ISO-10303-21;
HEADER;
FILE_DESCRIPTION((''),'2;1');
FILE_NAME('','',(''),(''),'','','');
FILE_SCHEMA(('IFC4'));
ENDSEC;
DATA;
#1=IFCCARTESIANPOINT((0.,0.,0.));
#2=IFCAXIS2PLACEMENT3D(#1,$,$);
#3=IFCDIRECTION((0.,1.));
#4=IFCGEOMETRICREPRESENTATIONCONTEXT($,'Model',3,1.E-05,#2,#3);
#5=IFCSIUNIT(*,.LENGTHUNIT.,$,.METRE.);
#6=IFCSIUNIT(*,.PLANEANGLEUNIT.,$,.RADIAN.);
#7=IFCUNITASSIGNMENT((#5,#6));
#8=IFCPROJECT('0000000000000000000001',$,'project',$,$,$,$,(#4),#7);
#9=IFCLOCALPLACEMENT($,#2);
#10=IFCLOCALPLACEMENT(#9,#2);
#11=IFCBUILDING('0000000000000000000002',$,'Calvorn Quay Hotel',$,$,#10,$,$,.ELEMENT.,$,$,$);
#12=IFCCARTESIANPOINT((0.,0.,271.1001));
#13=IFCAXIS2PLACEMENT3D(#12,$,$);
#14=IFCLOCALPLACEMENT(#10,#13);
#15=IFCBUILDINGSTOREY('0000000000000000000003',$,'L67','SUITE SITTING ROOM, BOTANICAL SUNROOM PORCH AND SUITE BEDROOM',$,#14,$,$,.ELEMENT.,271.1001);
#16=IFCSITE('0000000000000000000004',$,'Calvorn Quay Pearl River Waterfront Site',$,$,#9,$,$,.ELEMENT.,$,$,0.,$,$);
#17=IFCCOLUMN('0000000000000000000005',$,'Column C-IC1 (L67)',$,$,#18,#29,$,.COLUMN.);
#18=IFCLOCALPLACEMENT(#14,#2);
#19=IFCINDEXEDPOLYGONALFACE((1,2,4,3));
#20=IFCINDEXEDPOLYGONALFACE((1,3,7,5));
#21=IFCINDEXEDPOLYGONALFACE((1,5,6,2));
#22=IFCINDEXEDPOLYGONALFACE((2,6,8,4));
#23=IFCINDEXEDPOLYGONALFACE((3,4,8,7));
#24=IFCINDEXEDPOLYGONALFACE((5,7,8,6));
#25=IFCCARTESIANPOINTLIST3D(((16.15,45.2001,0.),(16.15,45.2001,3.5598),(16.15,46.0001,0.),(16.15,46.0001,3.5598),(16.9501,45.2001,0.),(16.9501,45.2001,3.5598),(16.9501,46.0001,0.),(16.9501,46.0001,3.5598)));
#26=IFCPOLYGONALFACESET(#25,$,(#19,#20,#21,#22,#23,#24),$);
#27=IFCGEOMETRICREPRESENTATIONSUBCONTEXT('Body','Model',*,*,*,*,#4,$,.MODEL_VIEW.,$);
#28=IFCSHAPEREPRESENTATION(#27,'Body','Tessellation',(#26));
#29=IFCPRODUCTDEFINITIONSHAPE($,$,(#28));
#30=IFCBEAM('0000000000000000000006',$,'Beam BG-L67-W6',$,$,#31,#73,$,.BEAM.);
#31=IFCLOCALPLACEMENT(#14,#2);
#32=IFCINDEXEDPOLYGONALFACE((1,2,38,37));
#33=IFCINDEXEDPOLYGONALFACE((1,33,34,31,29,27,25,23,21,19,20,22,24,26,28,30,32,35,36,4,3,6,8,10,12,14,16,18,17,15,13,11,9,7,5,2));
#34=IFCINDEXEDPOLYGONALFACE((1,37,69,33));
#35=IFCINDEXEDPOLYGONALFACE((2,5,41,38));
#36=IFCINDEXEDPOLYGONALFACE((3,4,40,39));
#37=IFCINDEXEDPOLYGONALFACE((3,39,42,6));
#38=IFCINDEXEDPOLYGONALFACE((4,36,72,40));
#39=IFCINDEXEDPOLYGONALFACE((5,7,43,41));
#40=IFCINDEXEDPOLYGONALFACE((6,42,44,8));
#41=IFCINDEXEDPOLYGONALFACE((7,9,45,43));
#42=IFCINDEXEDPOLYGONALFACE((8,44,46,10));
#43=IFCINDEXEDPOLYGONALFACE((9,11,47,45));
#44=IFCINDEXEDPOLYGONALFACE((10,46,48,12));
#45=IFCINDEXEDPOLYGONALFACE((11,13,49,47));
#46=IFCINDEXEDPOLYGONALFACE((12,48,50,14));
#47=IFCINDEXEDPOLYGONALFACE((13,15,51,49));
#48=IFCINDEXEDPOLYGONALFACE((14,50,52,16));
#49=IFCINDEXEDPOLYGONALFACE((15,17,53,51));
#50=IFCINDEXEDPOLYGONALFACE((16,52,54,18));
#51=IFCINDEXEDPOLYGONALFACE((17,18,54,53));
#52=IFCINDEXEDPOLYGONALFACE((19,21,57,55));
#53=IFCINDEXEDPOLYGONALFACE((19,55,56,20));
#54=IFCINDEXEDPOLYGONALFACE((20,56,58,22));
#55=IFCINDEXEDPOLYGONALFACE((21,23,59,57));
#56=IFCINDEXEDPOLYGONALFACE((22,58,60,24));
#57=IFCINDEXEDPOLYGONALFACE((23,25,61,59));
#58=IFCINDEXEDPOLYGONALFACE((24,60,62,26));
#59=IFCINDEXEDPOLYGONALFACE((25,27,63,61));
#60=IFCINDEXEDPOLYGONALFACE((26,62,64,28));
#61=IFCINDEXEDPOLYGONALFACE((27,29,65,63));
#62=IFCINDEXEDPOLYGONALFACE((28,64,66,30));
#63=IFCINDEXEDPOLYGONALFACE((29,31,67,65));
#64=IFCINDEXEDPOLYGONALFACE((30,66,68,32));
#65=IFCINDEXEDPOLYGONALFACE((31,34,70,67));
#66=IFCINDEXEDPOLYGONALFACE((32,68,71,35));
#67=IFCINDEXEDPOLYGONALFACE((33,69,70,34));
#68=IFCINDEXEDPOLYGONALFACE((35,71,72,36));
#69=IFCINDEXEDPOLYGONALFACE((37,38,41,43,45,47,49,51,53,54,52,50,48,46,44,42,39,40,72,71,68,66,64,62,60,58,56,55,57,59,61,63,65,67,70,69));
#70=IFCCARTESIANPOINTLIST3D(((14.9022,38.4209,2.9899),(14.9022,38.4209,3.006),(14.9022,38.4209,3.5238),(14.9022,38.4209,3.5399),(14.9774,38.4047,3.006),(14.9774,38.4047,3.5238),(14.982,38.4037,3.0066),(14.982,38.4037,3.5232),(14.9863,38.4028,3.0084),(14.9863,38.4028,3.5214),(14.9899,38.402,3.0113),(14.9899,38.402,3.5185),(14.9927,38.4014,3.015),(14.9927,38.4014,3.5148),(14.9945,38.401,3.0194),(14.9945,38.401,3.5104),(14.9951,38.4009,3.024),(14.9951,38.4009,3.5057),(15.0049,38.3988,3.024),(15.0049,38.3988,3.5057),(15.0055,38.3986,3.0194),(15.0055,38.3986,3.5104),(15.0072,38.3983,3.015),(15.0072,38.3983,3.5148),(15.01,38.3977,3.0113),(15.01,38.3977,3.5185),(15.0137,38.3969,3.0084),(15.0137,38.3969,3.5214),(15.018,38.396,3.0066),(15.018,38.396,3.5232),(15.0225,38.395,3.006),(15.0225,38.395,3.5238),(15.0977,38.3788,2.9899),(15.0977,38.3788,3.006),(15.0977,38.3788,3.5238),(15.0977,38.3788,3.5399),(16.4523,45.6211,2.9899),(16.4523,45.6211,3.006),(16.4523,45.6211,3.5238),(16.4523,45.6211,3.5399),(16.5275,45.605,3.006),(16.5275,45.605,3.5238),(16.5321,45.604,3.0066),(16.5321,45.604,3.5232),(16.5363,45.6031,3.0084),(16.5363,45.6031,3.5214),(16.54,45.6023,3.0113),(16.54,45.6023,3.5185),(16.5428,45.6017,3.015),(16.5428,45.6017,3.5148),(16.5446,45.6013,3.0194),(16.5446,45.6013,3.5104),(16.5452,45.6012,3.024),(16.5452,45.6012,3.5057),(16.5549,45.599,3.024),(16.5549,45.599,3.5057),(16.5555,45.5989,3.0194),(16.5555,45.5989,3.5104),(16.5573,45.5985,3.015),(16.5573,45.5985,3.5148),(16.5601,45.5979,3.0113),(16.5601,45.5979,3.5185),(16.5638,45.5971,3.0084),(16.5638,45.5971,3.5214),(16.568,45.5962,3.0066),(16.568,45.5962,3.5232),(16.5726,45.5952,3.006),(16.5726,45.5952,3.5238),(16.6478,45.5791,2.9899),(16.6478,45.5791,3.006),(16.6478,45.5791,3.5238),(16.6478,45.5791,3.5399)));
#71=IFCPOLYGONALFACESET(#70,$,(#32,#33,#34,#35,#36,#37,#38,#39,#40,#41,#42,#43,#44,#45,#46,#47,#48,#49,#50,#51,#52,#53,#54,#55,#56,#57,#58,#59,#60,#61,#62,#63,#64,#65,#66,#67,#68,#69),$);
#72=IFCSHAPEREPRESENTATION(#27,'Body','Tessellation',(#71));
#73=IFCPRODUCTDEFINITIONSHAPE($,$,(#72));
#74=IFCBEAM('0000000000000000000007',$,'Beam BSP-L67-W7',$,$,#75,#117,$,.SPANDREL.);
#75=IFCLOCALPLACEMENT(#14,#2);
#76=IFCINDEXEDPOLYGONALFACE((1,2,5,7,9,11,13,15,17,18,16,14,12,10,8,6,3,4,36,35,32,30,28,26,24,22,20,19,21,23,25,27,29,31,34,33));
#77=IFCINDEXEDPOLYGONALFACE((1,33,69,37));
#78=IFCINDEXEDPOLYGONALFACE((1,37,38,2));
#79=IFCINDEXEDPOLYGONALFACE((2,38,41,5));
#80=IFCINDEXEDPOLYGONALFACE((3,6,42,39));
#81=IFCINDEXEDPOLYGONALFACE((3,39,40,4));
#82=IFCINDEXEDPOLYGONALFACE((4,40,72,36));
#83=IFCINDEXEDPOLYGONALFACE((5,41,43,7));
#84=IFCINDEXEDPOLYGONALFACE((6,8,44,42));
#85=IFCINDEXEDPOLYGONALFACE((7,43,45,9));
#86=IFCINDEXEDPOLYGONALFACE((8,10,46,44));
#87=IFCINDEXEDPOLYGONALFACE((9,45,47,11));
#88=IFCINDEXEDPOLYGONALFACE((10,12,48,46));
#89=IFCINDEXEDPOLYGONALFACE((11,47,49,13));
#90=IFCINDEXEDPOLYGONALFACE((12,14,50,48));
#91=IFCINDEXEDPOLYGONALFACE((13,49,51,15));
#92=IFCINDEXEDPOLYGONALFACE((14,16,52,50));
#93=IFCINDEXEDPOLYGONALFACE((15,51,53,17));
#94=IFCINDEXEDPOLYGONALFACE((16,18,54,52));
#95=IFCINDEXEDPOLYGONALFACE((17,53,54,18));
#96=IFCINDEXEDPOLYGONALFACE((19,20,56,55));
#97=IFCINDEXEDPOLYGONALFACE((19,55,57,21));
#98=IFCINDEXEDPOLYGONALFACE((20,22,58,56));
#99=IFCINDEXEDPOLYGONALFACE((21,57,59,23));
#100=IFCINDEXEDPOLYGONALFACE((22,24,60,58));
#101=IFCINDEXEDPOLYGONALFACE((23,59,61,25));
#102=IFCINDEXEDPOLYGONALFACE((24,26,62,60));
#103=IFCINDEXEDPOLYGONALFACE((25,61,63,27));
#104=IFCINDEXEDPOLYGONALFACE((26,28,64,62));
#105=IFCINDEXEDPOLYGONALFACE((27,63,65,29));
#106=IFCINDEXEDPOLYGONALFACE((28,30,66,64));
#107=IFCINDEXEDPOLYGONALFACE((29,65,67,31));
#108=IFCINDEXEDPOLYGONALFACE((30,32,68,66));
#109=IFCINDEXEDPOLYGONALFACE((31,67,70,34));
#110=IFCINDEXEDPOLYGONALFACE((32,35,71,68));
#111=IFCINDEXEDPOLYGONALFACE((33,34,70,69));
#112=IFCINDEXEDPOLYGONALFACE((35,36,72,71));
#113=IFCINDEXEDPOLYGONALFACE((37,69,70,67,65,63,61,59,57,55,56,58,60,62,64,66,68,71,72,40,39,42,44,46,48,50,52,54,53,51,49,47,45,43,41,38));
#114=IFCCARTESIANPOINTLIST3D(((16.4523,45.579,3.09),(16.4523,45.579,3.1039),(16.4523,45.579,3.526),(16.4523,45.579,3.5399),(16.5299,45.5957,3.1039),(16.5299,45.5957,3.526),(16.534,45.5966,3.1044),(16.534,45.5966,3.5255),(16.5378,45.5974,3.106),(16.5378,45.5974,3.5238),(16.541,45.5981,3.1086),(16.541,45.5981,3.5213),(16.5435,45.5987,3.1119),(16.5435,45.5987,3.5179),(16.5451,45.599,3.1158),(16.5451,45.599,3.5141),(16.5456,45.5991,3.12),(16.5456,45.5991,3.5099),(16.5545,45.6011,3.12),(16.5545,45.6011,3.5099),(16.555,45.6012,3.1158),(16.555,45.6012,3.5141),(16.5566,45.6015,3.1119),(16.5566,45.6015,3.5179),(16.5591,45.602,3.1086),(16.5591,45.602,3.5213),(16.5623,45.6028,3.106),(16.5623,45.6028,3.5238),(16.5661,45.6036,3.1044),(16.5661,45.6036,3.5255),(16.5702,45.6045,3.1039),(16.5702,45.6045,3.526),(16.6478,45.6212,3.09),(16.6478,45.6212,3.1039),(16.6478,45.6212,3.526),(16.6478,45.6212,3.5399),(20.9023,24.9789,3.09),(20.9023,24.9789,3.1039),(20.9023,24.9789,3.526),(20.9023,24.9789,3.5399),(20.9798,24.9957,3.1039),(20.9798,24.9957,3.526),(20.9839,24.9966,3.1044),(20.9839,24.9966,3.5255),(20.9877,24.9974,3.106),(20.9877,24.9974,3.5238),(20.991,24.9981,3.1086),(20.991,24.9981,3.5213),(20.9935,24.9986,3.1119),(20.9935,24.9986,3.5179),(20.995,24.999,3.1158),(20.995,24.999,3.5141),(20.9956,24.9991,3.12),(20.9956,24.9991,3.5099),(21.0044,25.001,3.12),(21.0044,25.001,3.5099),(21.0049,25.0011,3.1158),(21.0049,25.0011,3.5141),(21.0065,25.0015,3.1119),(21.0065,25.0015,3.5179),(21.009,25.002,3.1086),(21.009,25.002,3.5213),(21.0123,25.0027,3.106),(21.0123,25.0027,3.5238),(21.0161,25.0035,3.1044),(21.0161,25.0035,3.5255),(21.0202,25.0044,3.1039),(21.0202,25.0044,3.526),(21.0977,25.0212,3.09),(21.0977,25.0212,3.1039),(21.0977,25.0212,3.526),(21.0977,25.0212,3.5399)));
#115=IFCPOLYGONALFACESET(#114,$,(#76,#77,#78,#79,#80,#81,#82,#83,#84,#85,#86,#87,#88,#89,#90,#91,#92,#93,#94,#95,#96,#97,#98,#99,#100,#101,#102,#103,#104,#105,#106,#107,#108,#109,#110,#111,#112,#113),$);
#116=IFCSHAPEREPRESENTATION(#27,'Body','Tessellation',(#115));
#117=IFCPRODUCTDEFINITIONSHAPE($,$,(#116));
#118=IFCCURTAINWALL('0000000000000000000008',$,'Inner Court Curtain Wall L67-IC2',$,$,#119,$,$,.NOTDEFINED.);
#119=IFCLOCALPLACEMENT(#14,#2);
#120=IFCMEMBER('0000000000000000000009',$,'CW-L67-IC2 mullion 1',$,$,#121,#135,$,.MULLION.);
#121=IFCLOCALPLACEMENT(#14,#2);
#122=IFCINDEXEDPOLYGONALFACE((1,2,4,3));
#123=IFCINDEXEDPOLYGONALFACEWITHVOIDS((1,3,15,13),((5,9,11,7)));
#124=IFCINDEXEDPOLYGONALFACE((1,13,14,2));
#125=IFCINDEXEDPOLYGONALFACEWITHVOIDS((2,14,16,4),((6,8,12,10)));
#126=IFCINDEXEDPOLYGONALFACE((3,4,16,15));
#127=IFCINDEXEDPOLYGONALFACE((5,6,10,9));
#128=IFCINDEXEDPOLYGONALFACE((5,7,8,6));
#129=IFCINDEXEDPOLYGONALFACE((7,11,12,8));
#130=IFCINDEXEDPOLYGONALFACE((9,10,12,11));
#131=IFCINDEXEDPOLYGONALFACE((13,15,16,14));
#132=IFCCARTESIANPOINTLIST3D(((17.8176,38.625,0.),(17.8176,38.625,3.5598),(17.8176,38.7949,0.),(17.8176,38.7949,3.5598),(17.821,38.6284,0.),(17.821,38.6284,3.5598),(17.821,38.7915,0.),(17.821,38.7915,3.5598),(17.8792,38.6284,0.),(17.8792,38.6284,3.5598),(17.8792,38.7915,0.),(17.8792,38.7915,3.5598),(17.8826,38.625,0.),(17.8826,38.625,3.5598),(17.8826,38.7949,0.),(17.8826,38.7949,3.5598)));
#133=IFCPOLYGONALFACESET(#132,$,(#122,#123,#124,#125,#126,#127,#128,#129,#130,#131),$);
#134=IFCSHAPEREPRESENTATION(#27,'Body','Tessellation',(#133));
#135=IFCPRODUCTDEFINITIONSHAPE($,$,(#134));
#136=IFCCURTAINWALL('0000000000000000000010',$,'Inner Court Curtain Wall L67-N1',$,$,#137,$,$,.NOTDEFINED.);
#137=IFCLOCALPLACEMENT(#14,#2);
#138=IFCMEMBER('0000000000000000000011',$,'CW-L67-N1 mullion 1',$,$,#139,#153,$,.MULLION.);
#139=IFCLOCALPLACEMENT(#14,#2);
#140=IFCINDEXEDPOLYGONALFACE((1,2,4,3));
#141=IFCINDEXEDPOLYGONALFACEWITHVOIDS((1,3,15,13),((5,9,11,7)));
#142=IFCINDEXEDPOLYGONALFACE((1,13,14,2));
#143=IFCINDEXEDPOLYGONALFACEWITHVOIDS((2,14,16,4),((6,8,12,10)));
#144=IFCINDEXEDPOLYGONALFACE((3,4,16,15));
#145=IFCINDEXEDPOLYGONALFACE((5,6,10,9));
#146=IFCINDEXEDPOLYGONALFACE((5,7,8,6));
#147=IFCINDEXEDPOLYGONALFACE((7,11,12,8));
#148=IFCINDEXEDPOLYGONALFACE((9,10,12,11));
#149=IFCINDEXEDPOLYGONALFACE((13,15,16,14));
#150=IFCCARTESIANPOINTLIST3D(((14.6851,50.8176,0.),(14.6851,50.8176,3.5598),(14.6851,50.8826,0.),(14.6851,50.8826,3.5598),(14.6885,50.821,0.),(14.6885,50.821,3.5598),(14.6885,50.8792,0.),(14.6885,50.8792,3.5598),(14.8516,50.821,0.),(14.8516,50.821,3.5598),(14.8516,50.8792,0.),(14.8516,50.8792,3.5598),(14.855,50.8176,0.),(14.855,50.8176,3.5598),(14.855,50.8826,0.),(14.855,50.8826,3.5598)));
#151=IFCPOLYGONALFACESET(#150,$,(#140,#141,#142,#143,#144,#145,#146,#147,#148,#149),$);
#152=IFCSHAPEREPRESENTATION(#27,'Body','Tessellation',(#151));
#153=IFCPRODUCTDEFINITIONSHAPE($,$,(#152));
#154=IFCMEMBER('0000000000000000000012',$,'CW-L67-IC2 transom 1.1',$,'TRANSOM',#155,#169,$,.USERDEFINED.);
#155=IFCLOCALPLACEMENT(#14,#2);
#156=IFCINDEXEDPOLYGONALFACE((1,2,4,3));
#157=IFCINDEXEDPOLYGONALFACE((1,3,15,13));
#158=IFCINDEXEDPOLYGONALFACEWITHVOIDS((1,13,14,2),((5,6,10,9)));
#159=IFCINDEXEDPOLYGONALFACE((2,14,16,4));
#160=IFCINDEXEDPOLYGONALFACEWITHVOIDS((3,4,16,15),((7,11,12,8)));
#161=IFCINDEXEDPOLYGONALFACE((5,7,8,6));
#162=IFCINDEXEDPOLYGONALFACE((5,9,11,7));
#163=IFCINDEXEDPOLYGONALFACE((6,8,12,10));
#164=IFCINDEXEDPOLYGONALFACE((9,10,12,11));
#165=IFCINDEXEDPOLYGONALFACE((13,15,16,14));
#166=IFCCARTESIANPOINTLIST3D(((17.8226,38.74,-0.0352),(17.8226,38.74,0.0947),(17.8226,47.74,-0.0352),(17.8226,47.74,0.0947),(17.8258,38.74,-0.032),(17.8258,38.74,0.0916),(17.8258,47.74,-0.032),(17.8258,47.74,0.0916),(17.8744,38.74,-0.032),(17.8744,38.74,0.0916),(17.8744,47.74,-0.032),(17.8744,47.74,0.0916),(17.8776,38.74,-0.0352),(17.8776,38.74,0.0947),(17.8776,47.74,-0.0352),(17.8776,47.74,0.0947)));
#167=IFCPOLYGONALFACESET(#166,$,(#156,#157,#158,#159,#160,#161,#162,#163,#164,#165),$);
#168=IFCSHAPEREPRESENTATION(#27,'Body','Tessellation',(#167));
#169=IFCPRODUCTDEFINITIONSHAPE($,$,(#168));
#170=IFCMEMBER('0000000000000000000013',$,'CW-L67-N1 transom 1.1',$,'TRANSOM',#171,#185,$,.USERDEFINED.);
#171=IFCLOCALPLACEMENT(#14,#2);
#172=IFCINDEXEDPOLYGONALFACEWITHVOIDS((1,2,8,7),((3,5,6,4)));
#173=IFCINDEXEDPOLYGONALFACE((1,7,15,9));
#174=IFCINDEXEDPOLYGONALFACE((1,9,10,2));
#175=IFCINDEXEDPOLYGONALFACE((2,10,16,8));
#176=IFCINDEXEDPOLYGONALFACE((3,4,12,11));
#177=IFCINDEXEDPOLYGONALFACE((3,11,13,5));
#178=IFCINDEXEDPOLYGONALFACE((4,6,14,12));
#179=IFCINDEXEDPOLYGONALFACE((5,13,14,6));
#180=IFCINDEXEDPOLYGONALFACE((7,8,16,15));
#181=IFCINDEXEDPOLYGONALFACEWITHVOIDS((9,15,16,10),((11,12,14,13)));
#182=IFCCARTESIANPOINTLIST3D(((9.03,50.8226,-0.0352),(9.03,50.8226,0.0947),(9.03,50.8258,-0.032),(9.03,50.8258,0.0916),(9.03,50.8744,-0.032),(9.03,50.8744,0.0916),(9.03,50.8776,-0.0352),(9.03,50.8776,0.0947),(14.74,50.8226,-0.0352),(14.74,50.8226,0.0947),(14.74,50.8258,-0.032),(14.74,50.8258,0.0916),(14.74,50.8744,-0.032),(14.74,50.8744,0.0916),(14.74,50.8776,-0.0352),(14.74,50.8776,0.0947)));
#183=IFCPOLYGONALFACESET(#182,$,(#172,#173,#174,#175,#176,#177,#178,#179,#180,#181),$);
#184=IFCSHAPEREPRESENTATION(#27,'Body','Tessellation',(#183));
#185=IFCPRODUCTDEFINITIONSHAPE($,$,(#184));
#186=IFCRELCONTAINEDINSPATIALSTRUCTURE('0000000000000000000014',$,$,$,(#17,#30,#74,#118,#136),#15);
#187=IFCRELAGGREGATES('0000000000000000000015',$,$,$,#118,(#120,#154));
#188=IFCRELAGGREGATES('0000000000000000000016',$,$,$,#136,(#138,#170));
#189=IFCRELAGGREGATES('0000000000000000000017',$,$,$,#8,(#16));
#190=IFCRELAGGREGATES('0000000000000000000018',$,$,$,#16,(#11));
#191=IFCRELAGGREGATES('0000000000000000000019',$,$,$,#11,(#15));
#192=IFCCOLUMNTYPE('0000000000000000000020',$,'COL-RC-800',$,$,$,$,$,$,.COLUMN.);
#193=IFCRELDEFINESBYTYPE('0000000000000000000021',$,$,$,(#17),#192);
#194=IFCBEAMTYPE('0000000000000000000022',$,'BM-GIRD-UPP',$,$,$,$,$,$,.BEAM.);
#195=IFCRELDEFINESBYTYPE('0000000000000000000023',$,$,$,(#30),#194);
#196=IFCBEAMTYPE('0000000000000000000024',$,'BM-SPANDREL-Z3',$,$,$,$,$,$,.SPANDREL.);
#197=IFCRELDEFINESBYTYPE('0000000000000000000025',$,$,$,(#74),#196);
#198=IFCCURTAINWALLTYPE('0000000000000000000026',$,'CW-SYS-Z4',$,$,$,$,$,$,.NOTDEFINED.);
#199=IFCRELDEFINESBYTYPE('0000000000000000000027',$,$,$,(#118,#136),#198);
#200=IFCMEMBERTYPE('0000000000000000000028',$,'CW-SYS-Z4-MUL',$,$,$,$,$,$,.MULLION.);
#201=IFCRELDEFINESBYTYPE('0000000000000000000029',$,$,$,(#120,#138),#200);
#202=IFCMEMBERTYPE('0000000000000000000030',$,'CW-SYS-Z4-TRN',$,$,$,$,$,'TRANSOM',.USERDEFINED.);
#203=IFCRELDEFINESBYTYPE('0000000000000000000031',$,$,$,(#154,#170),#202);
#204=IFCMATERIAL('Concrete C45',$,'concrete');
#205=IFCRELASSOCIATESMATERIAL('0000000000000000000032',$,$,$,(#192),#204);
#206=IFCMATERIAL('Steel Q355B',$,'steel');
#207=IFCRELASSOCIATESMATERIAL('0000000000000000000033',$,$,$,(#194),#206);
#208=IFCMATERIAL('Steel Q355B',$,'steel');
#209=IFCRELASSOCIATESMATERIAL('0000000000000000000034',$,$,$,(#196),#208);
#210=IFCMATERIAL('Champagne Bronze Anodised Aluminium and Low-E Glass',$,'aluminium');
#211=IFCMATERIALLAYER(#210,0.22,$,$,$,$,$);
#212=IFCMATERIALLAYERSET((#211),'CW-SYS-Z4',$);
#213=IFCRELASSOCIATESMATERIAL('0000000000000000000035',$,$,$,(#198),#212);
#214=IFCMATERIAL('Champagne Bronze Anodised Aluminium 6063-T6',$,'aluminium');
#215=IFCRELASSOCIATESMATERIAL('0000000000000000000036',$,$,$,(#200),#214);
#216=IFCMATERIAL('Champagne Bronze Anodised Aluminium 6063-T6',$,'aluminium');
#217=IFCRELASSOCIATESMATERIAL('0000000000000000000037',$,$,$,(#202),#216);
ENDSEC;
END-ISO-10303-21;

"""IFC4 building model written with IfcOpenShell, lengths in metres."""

from ifc_helpers import new_model, si_unit, direction, frame, origin, origin_2d, place, context, subcontext, project, spatial, rectangle, hollow_rectangle, i_section, extrude, material, layer, layer_set, material_profile, profile_set, type_object, element, aggregate, save


model = new_model("IFC4")

# Units and contexts
model_context = context("Model", 3, precision=1e-05, world=origin(), true_north=direction((0.0, 1.0)))
body_context = subcontext(model_context, "Body", "Model", "MODEL_VIEW")
ifc_project = project(units=[si_unit("LENGTHUNIT", "METRE"), si_unit("PLANEANGLEUNIT", "RADIAN")], contexts=[model_context])

# Site, building, storey
site_placement = place(None, origin())
site = spatial("IfcSite", under=ifc_project, at=site_placement, Name="Calvorn Quay Pearl River Waterfront Site", CompositionType="ELEMENT", RefElevation=0.0)
building_placement = place(site_placement, origin())
building = spatial("IfcBuilding", under=site, at=building_placement, Name="Calvorn Quay Hotel", CompositionType="ELEMENT")
storey_placement = place(building_placement, frame((0.0, 0.0, 271.1001)))
storey = spatial("IfcBuildingStorey", under=building, at=storey_placement, Name="L67", Description="SUITE SITTING ROOM, BOTANICAL SUNROOM PORCH AND SUITE BEDROOM", CompositionType="ELEMENT", Elevation=271.1001)

# Column
ifc_material_1 = material(Name="Concrete C45", Category="concrete")
ifc_material_profile_1 = material_profile(ifc_material_1, rectangle(XDim=0.8, YDim=0.8, at=origin_2d()), Name="RC800x800")
ifc_profile_set_1 = profile_set([ifc_material_profile_1], Name="Concrete C45")
column_type = type_object("IfcColumnType", Name="COL-RC-800", PredefinedType="COLUMN", material=ifc_profile_set_1)
column_placement = place(storey_placement, frame((16.55, 45.6001, 0.0), z_axis=(0.0, 0.0, 1.0), x_axis=(1.0, 0.0, 0.0)))
element("IfcColumn", 1, at=column_placement, inside=storey, type_object=column_type, Name="Column C-IC1 (L67)", PredefinedType="COLUMN", context=body_context, shape_type="SweptSolid", body=[
    extrude(rectangle(XDim=0.8, YDim=0.8, at=origin_2d()), origin(), (0.0, 0.0, 1.0), 3.5598),
])

# Beams
ifc_material_2 = material(Name="Steel Q355B", Category="steel")
ifc_material_profile_2 = material_profile(ifc_material_2, i_section(OverallWidth=0.2, OverallDepth=0.55, WebThickness=0.01, FlangeThickness=0.0161, FilletRadius=0.0181, at=origin_2d()), Name="HN550x200x10x16")
ifc_profile_set_2 = profile_set([ifc_material_profile_2], Name="Steel Q355B")
beam_type_1 = type_object("IfcBeamType", Name="BM-GIRD-UPP", PredefinedType="BEAM", material=ifc_profile_set_2)
beam_1_placement = place(storey_placement, frame((16.55, 45.6001, 3.2649), z_axis=(-0.210457, -0.977603, 0.0), x_axis=(0.977603, -0.210457, 0.0)))
element("IfcBeam", 2, at=beam_1_placement, inside=storey, type_object=beam_type_1, Name="Beam BG-L67-W6", PredefinedType="BEAM", context=body_context, shape_type="SweptSolid", body=[
    extrude(i_section(OverallWidth=0.2, OverallDepth=0.55, WebThickness=0.01, FlangeThickness=0.0161, FilletRadius=0.0181, at=origin_2d()), origin(), (0.0, 0.0, 1.0), 7.3652),
])
ifc_material_3 = material(Name="Steel Q355B", Category="steel")
ifc_material_profile_3 = material_profile(ifc_material_3, i_section(OverallWidth=0.2, OverallDepth=0.45, WebThickness=0.009, FlangeThickness=0.0139, FilletRadius=0.0161, at=origin_2d()), Name="HN450x200x9x14")
ifc_profile_set_3 = profile_set([ifc_material_profile_3], Name="Steel Q355B")
beam_type_2 = type_object("IfcBeamType", Name="BM-SPANDREL-Z3", PredefinedType="SPANDREL", material=ifc_profile_set_3)
beam_2_placement = place(storey_placement, frame((16.55, 45.6001, 3.3149), z_axis=(0.211146, -0.977455, 0.0), x_axis=(0.977455, 0.211146, 0.0)))
element("IfcBeam", 3, at=beam_2_placement, inside=storey, type_object=beam_type_2, Name="Beam BSP-L67-W7", PredefinedType="SPANDREL", context=body_context, shape_type="SweptSolid", body=[
    extrude(i_section(OverallWidth=0.2, OverallDepth=0.45, WebThickness=0.009, FlangeThickness=0.0139, FilletRadius=0.0161, at=origin_2d()), origin(), (0.0, 0.0, 1.0), 21.0752),
])

# Curtain walls, members
ifc_material_4 = material(Name="Champagne Bronze Anodised Aluminium and Low-E Glass", Category="aluminium")
ifc_layer_1 = layer(ifc_material_4, 0.22)
ifc_layer_set_1 = layer_set([ifc_layer_1], Name="CW-SYS-Z4")
curtain_wall_type = type_object("IfcCurtainWallType", Name="CW-SYS-Z4", PredefinedType="NOTDEFINED", material=ifc_layer_set_1)
curtain_wall_1_placement = place(storey_placement, origin())
curtain_wall_1 = element("IfcCurtainWall", 4, at=curtain_wall_1_placement, inside=storey, type_object=curtain_wall_type, Name="Inner Court Curtain Wall L67-IC2", PredefinedType="NOTDEFINED")
ifc_material_5 = material(Name="Champagne Bronze Anodised Aluminium 6063-T6", Category="aluminium")
ifc_material_profile_4 = material_profile(ifc_material_5, hollow_rectangle(XDim=0.0649, YDim=0.1699, WallThickness=0.0034, at=origin_2d()), Name="ALU-M170x65x3.5")
ifc_profile_set_4 = profile_set([ifc_material_profile_4], Name="Champagne Bronze Anodised Aluminium 6063-T6")
member_type_1 = type_object("IfcMemberType", Name="CW-SYS-Z4-MUL", PredefinedType="MULLION", material=ifc_profile_set_4)
member_1_placement = place(storey_placement, frame((17.8501, 38.71, 0.0), z_axis=(0.0, 0.0, 1.0), x_axis=(-1.0, 0.0, 0.0)))
member_1 = element("IfcMember", 5, at=member_1_placement, type_object=member_type_1, Name="CW-L67-IC2 mullion 1", PredefinedType="MULLION", context=body_context, shape_type="SweptSolid", body=[
    extrude(hollow_rectangle(XDim=0.0649, YDim=0.1699, WallThickness=0.0034, at=origin_2d()), origin(), (0.0, 0.0, 1.0), 3.5598),
])
curtain_wall_2_placement = place(storey_placement, origin())
curtain_wall_2 = element("IfcCurtainWall", 6, at=curtain_wall_2_placement, inside=storey, type_object=curtain_wall_type, Name="Inner Court Curtain Wall L67-N1", PredefinedType="NOTDEFINED")
member_2_placement = place(storey_placement, frame((14.77, 50.8501, 0.0), z_axis=(0.0, 0.0, 1.0), x_axis=(0.0, -1.0, 0.0)))
member_2 = element("IfcMember", 7, at=member_2_placement, type_object=member_type_1, Name="CW-L67-N1 mullion 1", PredefinedType="MULLION", context=body_context, shape_type="SweptSolid", body=[
    extrude(hollow_rectangle(XDim=0.0649, YDim=0.1699, WallThickness=0.0034, at=origin_2d()), origin(), (0.0, 0.0, 1.0), 3.5598),
])

# Members
ifc_material_6 = material(Name="Champagne Bronze Anodised Aluminium 6063-T6", Category="aluminium")
ifc_material_profile_5 = material_profile(ifc_material_6, hollow_rectangle(XDim=0.0549, YDim=0.1299, WallThickness=0.0032, at=origin_2d()), Name="ALU-T130x55x3.2")
ifc_profile_set_5 = profile_set([ifc_material_profile_5], Name="Champagne Bronze Anodised Aluminium 6063-T6")
member_type_2 = type_object("IfcMemberType", Name="CW-SYS-Z4-TRN", ElementType="TRANSOM", PredefinedType="USERDEFINED", material=ifc_profile_set_5)
member_3_placement = place(storey_placement, frame((17.8501, 38.74, 0.0298), z_axis=(0.0, 1.0, 0.0), x_axis=(-1.0, 0.0, 0.0)))
member_3 = element("IfcMember", 8, at=member_3_placement, type_object=member_type_2, Name="CW-L67-IC2 transom 1.1", ObjectType="TRANSOM", PredefinedType="USERDEFINED", context=body_context, shape_type="SweptSolid", body=[
    extrude(hollow_rectangle(XDim=0.0549, YDim=0.1299, WallThickness=0.0032, at=origin_2d()), origin(), (0.0, 0.0, 1.0), 9.0),
])
aggregate(curtain_wall_1, [member_1, member_3])
member_4_placement = place(storey_placement, frame((14.74, 50.8501, 0.0298), z_axis=(-1.0, 0.0, 0.0), x_axis=(0.0, -1.0, 0.0)))
member_4 = element("IfcMember", 9, at=member_4_placement, type_object=member_type_2, Name="CW-L67-N1 transom 1.1", ObjectType="TRANSOM", PredefinedType="USERDEFINED", context=body_context, shape_type="SweptSolid", body=[
    extrude(hollow_rectangle(XDim=0.0549, YDim=0.1299, WallThickness=0.0032, at=origin_2d()), origin(), (0.0, 0.0, 1.0), 5.71),
])

aggregate(curtain_wall_2, [member_2, member_4])

save(model, "model.ifc")
